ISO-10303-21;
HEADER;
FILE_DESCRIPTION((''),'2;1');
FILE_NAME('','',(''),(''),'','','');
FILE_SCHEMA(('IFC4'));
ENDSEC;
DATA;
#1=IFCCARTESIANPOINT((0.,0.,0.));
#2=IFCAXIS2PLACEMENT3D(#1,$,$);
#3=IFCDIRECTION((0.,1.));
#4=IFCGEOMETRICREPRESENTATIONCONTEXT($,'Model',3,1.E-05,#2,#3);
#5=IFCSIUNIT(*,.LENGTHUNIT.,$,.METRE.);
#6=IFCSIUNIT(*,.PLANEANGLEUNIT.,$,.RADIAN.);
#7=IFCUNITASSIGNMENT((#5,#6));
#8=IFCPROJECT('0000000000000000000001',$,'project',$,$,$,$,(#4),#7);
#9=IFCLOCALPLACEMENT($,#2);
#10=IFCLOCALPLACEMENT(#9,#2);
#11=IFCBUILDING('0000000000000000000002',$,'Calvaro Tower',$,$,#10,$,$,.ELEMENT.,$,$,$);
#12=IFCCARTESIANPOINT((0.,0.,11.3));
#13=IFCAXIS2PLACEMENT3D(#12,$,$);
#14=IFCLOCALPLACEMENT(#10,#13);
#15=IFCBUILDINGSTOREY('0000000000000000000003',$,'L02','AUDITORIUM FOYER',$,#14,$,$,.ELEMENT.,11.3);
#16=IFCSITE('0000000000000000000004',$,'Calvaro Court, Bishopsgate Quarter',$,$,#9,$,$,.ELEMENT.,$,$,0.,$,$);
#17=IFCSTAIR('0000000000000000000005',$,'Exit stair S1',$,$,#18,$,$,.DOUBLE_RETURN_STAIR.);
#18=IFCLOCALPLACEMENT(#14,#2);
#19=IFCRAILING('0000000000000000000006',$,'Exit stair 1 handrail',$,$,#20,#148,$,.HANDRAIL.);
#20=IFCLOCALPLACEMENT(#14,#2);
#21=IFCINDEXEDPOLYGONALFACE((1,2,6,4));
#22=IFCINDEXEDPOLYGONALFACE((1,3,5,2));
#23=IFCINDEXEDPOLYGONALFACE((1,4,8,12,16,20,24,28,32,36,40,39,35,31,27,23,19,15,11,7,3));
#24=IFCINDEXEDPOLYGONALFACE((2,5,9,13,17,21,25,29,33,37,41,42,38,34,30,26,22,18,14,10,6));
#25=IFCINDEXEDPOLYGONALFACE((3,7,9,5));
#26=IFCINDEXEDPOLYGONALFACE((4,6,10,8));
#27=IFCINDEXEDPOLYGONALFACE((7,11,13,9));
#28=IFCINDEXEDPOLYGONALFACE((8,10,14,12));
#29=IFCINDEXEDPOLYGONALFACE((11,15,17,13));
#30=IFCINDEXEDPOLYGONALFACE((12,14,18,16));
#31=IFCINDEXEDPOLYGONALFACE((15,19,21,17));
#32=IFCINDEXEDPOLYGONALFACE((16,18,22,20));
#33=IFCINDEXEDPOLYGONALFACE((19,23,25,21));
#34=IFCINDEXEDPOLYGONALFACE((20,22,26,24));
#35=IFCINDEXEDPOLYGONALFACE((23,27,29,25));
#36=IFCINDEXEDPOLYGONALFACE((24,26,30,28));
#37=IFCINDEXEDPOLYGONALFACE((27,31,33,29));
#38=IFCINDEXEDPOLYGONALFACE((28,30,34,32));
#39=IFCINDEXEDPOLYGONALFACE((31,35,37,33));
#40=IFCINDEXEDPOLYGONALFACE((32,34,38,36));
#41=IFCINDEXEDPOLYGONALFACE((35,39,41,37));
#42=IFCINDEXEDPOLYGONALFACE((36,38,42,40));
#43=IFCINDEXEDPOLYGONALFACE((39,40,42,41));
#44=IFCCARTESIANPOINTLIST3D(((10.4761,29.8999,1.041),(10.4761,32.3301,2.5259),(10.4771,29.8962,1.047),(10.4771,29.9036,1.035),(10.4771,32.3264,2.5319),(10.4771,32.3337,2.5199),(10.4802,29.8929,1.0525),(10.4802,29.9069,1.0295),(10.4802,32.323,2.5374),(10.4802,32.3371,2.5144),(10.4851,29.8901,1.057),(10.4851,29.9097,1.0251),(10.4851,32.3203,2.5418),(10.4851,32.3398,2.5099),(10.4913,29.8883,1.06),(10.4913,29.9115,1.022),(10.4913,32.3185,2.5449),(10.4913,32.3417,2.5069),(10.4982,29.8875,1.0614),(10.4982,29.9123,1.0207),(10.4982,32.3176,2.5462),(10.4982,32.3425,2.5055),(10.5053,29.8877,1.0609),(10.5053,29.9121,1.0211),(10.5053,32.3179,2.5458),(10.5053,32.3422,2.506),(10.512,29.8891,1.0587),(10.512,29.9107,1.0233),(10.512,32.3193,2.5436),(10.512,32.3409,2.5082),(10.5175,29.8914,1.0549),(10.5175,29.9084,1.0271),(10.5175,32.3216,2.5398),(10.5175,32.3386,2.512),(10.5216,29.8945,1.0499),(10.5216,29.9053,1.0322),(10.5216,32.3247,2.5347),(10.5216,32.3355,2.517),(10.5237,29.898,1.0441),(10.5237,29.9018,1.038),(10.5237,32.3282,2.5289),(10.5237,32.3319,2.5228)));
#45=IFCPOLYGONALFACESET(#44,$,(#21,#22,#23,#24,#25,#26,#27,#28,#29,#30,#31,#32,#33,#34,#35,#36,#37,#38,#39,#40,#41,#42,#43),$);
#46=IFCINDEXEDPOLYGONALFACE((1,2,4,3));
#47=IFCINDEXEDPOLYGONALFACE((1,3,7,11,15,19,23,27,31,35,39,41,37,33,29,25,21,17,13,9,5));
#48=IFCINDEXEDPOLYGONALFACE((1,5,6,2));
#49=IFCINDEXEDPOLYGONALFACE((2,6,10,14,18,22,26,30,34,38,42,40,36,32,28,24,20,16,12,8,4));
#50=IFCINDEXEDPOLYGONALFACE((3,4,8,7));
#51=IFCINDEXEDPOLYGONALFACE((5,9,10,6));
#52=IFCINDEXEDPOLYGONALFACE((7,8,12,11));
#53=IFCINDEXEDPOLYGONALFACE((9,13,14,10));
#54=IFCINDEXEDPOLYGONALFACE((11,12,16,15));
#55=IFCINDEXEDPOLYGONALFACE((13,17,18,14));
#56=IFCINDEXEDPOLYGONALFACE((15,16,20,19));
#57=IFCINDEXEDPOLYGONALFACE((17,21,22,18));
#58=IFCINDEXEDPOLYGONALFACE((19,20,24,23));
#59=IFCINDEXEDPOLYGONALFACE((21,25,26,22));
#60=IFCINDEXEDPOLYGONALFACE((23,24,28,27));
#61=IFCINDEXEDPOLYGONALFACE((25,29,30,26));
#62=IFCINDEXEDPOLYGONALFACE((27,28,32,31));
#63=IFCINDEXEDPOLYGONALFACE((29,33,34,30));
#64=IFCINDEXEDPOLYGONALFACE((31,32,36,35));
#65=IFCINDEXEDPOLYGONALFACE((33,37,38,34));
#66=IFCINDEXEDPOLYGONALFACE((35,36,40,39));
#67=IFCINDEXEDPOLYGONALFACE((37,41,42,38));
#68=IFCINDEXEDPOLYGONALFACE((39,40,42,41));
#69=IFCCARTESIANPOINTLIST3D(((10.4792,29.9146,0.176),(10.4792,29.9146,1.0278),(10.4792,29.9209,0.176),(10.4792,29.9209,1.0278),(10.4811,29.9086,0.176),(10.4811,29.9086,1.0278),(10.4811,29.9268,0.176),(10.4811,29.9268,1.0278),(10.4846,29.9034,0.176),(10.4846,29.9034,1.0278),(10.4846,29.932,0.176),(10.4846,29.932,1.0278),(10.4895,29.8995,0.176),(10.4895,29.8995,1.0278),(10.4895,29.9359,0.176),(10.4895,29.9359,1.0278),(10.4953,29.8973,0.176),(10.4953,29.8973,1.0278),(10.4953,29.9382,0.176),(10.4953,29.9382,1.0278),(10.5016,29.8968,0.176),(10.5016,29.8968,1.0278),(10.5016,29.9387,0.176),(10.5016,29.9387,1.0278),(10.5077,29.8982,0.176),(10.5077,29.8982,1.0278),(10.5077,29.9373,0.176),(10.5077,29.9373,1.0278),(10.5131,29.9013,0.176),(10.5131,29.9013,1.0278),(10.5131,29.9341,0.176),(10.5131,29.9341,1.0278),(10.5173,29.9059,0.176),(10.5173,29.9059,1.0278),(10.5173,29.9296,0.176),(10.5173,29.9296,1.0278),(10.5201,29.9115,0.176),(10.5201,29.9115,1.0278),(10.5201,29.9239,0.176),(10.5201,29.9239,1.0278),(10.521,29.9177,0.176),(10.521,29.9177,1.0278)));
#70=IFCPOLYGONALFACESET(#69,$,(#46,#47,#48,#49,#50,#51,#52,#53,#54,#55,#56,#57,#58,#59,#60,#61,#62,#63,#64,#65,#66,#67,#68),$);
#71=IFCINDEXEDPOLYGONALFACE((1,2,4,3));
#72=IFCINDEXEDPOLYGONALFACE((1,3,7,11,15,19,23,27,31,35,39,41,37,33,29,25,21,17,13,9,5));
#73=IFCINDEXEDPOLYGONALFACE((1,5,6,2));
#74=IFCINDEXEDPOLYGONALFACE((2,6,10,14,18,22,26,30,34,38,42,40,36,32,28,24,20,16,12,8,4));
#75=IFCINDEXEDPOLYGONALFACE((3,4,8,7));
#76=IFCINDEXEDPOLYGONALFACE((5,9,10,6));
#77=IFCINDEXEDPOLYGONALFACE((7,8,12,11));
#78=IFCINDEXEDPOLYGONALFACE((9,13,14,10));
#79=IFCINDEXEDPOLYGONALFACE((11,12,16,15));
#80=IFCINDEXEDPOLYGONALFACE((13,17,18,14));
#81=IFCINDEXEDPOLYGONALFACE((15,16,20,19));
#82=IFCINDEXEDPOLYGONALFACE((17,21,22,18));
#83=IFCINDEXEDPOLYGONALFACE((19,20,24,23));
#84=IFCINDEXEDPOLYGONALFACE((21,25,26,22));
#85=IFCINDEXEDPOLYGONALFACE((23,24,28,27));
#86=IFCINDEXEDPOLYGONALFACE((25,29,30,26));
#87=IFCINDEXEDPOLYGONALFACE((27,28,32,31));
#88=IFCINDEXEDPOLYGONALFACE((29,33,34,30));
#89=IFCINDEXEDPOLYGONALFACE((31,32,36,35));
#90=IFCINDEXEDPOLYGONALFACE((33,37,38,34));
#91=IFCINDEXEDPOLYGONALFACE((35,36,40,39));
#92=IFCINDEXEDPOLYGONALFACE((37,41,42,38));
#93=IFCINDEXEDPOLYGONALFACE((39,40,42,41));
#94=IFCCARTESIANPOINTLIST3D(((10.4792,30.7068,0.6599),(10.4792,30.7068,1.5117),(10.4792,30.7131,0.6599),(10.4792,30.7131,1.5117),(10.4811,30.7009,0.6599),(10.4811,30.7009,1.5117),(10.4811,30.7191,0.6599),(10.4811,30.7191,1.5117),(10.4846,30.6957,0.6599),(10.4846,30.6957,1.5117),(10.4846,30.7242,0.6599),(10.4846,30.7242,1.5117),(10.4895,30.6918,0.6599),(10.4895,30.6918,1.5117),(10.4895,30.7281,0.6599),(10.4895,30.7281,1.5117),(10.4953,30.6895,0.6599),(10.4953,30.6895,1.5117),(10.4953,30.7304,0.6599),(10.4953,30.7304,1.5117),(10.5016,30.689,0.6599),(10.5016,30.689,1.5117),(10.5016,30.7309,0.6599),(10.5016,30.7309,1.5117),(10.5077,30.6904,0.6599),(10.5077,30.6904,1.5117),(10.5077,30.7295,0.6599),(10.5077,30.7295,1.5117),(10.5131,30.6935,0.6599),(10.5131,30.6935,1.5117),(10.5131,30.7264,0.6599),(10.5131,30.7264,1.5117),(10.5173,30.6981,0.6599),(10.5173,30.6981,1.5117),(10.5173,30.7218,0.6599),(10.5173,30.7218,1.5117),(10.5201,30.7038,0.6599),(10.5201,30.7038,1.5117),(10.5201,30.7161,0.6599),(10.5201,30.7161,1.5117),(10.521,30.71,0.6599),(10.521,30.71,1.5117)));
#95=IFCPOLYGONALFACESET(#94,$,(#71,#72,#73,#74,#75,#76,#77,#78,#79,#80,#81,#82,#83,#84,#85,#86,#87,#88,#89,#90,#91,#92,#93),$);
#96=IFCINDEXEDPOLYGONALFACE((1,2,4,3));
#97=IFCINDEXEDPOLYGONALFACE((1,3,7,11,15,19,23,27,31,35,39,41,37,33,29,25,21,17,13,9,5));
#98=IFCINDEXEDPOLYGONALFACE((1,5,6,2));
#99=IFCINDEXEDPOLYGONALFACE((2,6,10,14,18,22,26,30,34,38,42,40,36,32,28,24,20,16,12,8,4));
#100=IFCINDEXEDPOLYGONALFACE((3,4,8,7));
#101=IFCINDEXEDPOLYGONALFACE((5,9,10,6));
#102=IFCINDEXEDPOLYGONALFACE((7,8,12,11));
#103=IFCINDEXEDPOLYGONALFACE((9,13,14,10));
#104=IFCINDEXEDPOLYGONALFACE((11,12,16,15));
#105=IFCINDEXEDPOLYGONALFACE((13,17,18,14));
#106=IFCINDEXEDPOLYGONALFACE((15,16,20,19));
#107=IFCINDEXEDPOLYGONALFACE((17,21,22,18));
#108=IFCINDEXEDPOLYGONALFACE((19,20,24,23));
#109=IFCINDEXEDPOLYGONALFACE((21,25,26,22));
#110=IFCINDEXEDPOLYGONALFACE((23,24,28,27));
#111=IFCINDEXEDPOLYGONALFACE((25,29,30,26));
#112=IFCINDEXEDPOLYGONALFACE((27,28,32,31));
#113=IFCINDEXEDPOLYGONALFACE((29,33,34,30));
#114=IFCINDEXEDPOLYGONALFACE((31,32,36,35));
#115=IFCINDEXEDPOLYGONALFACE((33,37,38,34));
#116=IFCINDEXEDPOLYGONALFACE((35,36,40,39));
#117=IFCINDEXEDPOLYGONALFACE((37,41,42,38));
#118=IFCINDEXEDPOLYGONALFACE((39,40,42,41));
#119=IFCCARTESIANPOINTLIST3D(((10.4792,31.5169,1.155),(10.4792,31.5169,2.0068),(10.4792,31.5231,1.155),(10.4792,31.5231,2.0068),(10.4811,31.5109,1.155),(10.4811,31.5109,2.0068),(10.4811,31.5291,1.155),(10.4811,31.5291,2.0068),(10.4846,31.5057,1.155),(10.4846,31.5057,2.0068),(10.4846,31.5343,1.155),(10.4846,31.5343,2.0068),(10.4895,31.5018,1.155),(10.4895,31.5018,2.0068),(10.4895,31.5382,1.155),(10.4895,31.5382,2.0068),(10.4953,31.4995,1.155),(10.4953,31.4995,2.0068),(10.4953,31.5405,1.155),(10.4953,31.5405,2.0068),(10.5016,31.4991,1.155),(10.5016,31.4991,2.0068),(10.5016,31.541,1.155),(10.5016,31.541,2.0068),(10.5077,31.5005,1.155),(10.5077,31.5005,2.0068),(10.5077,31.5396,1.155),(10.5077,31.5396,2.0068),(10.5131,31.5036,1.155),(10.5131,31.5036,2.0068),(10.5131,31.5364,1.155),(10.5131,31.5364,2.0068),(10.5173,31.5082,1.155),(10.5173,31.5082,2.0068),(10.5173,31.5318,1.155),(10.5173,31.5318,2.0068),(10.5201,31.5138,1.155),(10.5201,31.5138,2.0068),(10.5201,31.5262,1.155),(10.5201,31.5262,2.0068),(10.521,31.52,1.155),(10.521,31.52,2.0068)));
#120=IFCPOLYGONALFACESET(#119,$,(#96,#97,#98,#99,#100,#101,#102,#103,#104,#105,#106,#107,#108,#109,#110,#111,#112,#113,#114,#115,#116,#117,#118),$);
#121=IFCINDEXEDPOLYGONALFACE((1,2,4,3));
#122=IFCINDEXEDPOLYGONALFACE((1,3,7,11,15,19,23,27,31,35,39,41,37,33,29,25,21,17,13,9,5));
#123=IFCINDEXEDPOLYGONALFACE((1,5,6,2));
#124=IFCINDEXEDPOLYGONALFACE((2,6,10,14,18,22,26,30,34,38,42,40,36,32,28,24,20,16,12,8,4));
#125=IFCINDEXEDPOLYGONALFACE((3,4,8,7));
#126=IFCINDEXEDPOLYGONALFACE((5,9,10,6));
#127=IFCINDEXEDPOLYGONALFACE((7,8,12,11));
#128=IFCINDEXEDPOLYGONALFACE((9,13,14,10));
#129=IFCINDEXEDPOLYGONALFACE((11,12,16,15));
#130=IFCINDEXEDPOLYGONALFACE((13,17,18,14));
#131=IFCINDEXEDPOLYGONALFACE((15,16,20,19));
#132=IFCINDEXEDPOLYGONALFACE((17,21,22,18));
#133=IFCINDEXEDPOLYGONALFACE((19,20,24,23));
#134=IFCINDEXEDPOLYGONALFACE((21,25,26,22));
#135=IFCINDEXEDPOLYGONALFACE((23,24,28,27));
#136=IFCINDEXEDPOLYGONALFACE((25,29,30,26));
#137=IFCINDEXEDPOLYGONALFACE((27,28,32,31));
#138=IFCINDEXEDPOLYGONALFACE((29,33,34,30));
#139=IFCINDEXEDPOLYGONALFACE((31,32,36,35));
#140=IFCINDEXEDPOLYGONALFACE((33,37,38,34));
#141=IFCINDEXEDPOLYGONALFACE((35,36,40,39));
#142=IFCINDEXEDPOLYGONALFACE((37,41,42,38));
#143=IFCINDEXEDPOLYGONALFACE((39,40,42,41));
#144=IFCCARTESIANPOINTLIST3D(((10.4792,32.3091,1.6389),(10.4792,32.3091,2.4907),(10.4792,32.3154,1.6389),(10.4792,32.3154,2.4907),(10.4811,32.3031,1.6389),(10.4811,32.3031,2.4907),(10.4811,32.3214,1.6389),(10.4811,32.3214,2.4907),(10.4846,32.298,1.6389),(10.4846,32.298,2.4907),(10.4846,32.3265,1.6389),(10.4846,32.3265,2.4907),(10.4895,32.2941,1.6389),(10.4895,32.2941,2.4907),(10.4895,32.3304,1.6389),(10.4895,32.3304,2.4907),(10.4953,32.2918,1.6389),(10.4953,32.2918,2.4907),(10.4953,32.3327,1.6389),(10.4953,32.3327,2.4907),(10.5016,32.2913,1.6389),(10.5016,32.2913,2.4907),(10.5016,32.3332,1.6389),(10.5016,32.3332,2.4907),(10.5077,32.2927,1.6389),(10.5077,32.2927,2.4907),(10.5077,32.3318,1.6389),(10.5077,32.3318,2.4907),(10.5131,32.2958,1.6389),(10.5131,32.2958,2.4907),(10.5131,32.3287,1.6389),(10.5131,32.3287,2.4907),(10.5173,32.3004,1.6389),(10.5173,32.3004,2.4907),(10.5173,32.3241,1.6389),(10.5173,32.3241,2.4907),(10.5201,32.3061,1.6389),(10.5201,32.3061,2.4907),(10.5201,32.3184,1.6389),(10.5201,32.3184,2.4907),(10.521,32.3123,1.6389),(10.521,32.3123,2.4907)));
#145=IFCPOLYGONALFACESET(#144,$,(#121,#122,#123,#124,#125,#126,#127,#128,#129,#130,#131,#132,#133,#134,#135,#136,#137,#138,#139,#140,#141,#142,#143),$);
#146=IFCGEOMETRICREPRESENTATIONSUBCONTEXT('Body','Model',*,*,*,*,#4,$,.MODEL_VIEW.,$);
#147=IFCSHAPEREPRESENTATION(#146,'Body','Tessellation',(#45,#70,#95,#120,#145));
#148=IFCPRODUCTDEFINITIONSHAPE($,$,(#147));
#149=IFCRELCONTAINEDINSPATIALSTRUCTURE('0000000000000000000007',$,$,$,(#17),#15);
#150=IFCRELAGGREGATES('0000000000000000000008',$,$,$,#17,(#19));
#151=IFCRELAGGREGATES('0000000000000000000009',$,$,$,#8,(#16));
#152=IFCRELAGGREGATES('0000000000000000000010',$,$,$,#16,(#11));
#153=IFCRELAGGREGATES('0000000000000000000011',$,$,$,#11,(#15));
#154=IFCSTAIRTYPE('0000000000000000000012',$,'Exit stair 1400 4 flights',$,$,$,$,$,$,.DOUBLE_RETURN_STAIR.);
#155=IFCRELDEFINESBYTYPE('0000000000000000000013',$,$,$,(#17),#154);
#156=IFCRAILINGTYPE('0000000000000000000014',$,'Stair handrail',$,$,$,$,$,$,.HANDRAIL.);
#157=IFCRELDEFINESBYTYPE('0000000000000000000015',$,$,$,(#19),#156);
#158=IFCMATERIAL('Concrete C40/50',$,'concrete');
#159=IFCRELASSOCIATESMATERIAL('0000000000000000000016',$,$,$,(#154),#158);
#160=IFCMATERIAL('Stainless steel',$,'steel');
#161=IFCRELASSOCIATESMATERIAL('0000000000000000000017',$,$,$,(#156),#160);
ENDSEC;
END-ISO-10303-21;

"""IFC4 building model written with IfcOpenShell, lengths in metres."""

from ifc_helpers import new_model, si_unit, direction, frame, origin, origin_2d, place, context, subcontext, project, spatial, circle, extrude, material, type_object, element, aggregate, save


model = new_model("IFC4")

# Units and contexts
model_context = context("Model", 3, precision=1e-05, world=origin(), true_north=direction((0.0, 1.0)))
body_context = subcontext(model_context, "Body", "Model", "MODEL_VIEW")
ifc_project = project(units=[si_unit("LENGTHUNIT", "METRE"), si_unit("PLANEANGLEUNIT", "RADIAN")], contexts=[model_context])

# Site, building, storey
site_placement = place(None, origin())
site = spatial("IfcSite", under=ifc_project, at=site_placement, Name="Calvaro Court, Bishopsgate Quarter", CompositionType="ELEMENT", RefElevation=0.0)
building_placement = place(site_placement, origin())
building = spatial("IfcBuilding", under=site, at=building_placement, Name="Calvaro Tower", CompositionType="ELEMENT")
storey_placement = place(building_placement, frame((0.0, 0.0, 11.3)))
storey = spatial("IfcBuildingStorey", under=building, at=storey_placement, Name="L02", Description="AUDITORIUM FOYER", CompositionType="ELEMENT", Elevation=11.3)

# Stair
ifc_material_1 = material(Name="Concrete C40/50", Category="concrete")
stair_type = type_object("IfcStairType", Name="Exit stair 1400 4 flights", PredefinedType="DOUBLE_RETURN_STAIR", material=ifc_material_1)
stair_1_placement = place(storey_placement, origin())
stair_1 = element("IfcStair", 1, at=stair_1_placement, inside=storey, type_object=stair_type, Name="Exit stair S1", PredefinedType="DOUBLE_RETURN_STAIR")

# Railing
ifc_material_2 = material(Name="Stainless steel", Category="steel")
railing_type = type_object("IfcRailingType", Name="Stair handrail", PredefinedType="HANDRAIL", material=ifc_material_2)
railing_1_placement = place(storey_placement, frame((10.5, 29.8999, 0.165)))
railing_1 = element("IfcRailing", 2, at=railing_1_placement, type_object=railing_type, Name="Exit stair 1 handrail", PredefinedType="HANDRAIL", context=body_context, shape_type="SweptSolid", body=[
    extrude(circle(Radius=0.0239, at=origin_2d()), frame((0.0, 0.0, 0.876), z_axis=(0.0, 0.85332, 0.521388), x_axis=(-1.0, 0.0, 0.0)), (0.0, 0.0, 1.0), 2.8479),
    extrude(circle(Radius=0.021, at=origin_2d()), frame((0.0, 0.0178, 0.011)), (0.0, 0.0, 1.0), 0.8518),
    extrude(circle(Radius=0.021, at=origin_2d()), frame((0.0, 0.8101, 0.4949)), (0.0, 0.0, 1.0), 0.8518),
    extrude(circle(Radius=0.021, at=origin_2d()), frame((0.0, 1.6201, 0.99)), (0.0, 0.0, 1.0), 0.8518),
    extrude(circle(Radius=0.021, at=origin_2d()), frame((0.0, 2.4124, 1.4739)), (0.0, 0.0, 1.0), 0.8518),
])
aggregate(stair_1, [railing_1])

save(model, "model.ifc")
